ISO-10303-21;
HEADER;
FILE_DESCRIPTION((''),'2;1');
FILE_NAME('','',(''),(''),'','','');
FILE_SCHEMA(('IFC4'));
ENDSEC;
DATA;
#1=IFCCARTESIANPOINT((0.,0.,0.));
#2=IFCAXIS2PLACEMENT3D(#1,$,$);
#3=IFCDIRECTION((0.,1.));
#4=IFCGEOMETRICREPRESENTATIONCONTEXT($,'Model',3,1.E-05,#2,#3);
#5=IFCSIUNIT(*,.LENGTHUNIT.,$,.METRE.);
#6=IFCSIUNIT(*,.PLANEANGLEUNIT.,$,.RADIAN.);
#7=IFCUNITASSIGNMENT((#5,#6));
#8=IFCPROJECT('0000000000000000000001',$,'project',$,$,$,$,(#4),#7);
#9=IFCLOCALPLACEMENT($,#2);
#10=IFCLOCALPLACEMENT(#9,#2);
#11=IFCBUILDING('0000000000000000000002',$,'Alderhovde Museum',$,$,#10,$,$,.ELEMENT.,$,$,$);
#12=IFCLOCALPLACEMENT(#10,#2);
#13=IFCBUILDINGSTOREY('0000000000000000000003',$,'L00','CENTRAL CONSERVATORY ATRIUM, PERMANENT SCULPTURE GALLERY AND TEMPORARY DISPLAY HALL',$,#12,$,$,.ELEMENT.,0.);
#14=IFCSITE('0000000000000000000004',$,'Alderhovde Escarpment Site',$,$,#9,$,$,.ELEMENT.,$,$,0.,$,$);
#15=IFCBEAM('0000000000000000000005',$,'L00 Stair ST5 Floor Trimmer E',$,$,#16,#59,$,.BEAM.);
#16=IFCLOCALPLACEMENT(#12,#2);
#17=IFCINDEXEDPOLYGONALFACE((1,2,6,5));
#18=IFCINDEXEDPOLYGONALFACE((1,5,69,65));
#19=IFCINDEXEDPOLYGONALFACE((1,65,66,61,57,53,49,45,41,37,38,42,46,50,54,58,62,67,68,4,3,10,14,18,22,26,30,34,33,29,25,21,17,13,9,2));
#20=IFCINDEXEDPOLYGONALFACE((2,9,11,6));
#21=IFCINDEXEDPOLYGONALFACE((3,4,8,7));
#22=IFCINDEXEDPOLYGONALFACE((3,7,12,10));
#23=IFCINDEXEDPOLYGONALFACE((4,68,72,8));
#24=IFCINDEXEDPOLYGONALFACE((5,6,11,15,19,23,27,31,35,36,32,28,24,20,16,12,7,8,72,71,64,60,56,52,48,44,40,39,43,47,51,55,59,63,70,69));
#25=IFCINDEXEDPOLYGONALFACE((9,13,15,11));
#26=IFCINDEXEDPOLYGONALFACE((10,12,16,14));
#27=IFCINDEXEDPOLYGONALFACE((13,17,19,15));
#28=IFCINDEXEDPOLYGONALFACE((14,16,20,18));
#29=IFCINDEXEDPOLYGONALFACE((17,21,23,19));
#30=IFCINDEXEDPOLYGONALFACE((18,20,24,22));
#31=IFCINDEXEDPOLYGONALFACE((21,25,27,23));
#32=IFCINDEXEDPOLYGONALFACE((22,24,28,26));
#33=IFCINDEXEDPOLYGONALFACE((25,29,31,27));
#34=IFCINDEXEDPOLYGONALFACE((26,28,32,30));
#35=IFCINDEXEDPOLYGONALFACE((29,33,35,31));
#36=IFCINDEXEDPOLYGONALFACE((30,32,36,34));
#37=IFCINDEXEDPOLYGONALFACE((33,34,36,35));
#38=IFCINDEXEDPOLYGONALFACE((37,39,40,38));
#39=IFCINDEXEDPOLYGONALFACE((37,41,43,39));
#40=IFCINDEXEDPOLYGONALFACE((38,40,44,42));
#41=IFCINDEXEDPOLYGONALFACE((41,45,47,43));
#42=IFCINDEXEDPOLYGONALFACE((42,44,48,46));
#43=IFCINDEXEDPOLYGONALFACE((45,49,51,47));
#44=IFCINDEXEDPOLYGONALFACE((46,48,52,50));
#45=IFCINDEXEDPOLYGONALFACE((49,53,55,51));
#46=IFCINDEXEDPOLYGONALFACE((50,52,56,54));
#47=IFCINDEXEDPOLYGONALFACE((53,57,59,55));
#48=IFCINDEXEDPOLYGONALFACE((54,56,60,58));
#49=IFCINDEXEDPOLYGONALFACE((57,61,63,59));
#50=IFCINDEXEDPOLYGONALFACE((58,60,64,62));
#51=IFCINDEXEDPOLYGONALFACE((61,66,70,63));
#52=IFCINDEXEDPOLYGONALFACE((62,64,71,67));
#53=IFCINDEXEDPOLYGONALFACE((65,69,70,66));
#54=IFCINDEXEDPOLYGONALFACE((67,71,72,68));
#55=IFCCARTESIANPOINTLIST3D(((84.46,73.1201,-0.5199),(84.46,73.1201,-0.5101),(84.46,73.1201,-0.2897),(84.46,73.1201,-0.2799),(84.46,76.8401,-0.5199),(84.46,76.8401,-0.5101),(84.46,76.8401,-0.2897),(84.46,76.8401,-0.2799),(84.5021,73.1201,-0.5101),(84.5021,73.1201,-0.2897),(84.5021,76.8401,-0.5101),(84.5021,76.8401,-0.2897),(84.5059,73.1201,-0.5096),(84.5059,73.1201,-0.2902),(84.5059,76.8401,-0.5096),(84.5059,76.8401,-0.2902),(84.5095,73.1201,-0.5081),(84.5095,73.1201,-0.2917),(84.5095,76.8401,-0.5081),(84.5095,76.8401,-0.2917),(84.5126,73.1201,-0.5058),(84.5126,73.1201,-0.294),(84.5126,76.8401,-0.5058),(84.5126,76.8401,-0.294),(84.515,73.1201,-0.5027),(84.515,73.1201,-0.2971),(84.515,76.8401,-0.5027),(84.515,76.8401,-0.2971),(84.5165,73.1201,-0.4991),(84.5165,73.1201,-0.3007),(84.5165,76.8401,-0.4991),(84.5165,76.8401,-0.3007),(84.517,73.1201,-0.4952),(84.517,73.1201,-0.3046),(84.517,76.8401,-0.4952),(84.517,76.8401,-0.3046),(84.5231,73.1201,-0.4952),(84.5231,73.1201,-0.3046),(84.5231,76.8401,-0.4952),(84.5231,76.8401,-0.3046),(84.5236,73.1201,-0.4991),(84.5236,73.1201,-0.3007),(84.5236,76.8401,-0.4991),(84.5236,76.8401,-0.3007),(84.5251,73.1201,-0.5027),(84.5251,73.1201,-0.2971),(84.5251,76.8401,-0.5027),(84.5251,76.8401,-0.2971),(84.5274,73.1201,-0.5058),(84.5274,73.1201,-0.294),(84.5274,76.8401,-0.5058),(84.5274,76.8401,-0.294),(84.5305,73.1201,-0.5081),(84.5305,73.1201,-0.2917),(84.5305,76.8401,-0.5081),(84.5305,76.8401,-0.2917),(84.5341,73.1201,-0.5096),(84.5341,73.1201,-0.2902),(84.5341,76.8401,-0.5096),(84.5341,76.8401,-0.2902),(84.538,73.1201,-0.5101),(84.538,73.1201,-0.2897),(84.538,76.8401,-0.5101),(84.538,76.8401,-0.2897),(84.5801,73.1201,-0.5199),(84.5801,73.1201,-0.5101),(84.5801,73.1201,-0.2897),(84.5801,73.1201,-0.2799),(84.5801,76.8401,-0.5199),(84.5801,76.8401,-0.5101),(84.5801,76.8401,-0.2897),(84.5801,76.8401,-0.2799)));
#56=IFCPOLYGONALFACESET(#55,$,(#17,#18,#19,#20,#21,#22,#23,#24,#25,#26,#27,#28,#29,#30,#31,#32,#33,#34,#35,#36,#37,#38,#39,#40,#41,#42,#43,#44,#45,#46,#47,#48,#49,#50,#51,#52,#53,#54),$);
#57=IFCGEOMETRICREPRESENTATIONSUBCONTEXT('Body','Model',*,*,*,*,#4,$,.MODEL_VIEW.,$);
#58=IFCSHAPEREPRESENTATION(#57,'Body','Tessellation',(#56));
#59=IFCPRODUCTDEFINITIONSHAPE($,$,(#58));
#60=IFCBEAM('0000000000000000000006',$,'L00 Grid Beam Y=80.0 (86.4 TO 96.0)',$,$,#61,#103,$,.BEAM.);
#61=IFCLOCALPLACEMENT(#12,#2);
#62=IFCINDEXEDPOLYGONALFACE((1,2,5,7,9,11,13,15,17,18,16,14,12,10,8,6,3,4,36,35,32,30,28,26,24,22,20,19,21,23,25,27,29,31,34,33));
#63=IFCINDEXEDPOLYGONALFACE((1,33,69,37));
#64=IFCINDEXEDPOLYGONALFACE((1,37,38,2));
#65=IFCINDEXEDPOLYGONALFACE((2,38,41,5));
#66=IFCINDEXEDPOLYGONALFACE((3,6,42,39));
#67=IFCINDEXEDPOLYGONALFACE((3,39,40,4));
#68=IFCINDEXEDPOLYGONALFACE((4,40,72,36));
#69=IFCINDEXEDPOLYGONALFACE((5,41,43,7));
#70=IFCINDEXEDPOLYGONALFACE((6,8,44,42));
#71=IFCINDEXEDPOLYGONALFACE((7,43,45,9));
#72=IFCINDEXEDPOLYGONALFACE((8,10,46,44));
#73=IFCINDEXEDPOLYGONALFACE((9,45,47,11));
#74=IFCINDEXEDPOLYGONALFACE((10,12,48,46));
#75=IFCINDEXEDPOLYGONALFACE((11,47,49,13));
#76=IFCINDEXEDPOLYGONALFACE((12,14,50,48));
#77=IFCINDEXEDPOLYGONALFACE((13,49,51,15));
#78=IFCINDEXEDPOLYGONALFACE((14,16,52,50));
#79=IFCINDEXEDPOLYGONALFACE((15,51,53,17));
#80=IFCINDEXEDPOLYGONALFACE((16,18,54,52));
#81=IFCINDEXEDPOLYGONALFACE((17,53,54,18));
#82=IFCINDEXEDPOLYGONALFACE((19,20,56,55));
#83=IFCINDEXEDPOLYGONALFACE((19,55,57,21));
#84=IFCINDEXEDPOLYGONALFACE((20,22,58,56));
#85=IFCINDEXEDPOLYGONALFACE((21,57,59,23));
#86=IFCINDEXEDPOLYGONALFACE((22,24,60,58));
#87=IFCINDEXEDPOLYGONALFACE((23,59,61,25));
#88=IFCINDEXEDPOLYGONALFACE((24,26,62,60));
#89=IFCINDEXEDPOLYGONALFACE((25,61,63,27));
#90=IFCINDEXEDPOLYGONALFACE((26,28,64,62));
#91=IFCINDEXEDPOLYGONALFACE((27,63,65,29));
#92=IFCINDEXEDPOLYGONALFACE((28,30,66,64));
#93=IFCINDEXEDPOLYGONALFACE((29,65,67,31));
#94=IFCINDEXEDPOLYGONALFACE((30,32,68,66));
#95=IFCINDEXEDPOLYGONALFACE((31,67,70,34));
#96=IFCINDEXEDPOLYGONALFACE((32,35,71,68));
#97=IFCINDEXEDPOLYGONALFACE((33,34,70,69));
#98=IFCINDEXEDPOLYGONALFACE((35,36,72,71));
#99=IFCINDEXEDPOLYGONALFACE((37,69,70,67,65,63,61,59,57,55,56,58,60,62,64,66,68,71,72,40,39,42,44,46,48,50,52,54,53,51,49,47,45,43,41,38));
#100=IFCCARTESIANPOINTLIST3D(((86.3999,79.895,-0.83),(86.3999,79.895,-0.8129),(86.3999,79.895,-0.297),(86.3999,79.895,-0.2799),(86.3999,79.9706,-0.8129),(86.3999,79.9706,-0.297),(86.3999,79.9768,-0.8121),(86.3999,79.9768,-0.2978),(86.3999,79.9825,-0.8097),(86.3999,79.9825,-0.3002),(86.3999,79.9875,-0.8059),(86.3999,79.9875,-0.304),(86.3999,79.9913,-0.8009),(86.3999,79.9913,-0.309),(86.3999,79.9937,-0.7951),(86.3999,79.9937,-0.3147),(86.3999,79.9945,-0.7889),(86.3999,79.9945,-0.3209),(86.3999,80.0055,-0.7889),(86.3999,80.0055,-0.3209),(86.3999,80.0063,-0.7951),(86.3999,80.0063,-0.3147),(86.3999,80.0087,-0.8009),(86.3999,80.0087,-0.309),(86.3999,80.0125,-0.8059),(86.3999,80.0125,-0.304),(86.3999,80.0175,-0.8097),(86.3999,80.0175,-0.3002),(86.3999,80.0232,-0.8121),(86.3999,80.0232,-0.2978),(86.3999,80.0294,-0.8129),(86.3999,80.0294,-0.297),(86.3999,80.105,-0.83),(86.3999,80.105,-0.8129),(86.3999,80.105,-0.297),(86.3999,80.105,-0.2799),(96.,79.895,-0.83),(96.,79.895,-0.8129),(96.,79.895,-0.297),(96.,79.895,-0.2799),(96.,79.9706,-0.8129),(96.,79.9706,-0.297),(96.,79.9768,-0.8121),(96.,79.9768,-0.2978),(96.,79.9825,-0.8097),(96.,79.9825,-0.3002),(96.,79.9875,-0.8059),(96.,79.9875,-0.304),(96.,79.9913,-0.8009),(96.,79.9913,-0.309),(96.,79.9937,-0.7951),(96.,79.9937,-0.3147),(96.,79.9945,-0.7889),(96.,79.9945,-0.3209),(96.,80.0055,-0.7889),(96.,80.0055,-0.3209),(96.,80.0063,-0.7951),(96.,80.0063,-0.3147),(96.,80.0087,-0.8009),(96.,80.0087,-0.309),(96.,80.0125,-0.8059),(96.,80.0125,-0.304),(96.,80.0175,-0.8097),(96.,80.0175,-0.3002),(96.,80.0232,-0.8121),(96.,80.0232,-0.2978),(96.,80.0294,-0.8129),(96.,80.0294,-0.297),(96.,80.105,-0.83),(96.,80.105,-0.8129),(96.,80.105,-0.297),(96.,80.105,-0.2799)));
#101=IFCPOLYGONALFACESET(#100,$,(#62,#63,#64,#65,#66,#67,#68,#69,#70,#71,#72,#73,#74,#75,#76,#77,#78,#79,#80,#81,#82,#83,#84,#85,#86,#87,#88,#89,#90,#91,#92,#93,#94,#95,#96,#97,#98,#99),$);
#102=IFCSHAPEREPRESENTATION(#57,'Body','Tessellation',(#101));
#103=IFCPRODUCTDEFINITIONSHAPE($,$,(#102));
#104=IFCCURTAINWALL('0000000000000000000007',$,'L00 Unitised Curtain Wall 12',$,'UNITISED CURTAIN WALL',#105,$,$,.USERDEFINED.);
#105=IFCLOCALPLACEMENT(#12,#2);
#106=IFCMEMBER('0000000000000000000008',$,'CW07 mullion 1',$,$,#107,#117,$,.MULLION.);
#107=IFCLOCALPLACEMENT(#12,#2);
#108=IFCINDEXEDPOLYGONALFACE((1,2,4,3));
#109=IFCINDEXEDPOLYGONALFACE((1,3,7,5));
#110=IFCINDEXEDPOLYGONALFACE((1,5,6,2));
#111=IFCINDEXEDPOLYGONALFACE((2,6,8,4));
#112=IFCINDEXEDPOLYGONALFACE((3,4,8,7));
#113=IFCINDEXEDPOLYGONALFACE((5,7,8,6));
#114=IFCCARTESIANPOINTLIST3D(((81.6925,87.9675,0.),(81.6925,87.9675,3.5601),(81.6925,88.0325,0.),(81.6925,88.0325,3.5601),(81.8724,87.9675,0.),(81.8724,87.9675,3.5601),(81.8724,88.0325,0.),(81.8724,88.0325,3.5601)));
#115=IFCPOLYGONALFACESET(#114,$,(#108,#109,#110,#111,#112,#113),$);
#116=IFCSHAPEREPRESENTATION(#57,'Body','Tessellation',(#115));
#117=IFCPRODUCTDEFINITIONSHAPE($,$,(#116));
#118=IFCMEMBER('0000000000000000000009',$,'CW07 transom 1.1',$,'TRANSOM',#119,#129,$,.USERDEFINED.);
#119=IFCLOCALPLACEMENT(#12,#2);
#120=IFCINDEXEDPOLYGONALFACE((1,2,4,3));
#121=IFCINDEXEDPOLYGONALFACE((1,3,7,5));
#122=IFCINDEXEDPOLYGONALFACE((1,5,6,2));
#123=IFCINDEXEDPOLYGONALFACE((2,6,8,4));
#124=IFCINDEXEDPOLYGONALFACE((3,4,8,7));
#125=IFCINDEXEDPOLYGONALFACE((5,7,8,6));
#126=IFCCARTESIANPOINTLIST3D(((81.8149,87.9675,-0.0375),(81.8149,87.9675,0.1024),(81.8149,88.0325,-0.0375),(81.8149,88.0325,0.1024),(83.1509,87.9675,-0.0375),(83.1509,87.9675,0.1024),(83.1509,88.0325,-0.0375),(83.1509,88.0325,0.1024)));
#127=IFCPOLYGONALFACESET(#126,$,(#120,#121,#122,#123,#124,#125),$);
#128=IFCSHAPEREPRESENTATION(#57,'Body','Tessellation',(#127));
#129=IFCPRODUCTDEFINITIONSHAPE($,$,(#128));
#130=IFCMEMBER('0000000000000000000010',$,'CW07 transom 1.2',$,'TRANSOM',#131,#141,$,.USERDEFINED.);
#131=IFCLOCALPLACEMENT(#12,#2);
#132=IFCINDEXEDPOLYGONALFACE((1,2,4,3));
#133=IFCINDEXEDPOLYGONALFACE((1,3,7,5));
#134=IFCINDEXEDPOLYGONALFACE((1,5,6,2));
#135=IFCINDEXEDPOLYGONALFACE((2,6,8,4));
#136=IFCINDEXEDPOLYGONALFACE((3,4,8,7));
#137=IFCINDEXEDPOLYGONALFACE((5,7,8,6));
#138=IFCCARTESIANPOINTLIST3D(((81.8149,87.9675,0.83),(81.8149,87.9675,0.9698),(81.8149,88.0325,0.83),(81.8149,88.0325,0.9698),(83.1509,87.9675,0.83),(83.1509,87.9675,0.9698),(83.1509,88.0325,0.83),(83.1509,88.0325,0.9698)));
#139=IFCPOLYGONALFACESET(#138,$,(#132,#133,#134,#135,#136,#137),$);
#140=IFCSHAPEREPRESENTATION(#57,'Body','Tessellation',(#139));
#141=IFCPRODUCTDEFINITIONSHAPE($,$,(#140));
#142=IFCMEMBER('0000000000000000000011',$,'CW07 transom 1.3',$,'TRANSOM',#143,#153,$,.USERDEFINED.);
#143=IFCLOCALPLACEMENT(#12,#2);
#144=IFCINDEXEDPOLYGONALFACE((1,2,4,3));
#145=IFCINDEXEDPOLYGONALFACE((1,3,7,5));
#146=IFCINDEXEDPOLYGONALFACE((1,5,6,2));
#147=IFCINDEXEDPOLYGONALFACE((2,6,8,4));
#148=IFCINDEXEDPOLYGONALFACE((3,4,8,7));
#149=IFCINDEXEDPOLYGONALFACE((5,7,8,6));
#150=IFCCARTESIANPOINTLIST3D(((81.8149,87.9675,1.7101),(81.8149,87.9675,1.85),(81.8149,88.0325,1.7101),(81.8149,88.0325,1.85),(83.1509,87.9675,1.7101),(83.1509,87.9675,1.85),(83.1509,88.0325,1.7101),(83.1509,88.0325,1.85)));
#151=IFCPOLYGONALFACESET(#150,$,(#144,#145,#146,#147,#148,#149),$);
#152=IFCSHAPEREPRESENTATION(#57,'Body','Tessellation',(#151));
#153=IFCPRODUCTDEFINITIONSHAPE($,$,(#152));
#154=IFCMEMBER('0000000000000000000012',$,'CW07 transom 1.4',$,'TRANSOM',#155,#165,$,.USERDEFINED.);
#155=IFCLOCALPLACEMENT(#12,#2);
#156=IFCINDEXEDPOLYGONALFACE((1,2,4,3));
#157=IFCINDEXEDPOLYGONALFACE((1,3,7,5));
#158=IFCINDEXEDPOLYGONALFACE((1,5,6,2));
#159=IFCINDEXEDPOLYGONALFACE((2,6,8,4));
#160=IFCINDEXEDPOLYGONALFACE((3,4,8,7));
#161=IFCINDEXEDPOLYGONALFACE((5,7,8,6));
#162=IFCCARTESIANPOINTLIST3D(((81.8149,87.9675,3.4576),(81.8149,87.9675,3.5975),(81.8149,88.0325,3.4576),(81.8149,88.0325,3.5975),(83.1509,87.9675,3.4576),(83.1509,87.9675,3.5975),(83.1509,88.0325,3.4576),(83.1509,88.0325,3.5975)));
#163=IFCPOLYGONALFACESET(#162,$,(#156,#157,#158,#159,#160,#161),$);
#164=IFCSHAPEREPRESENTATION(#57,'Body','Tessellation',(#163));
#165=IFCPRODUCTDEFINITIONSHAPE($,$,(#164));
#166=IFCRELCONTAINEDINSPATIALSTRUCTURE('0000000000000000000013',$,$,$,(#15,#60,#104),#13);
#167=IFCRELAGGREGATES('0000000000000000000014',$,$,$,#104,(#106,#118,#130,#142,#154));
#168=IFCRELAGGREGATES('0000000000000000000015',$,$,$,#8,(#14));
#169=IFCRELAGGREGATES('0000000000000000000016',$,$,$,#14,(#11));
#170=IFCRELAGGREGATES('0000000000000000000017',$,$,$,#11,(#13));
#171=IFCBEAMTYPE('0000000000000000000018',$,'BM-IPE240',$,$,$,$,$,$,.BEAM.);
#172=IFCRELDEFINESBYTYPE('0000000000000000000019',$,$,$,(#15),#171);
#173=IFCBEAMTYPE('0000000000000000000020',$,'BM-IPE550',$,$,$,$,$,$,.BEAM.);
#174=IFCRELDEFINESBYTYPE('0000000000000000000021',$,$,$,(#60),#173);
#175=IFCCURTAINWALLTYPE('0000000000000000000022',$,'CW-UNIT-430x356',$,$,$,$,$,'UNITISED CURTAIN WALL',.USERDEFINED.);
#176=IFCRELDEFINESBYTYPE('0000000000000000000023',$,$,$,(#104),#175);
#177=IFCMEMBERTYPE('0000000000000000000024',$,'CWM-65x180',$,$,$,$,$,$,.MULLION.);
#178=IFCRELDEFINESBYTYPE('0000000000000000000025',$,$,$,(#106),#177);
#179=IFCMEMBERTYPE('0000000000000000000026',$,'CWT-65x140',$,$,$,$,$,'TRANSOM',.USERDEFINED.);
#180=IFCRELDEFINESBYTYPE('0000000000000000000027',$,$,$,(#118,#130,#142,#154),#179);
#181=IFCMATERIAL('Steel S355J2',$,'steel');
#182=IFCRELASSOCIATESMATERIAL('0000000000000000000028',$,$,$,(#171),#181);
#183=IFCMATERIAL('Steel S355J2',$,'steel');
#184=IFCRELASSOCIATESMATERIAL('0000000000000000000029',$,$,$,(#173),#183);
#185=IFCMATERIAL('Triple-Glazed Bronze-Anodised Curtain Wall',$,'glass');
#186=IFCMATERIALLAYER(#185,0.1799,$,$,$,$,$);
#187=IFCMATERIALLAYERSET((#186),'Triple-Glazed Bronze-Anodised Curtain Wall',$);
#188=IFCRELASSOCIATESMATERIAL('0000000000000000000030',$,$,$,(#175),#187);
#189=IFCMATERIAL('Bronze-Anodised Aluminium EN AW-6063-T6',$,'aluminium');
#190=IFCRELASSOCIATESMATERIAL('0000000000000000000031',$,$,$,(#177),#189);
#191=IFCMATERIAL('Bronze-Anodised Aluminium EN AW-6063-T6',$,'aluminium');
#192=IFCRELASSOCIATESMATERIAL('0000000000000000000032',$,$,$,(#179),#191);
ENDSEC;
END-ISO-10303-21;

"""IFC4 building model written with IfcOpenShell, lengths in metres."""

from ifc_helpers import new_model, si_unit, direction, frame, origin, origin_2d, place, context, subcontext, project, spatial, rectangle, i_section, extrude, material, layer, layer_set, material_profile, profile_set, type_object, element, aggregate, save


model = new_model("IFC4")

# Units and contexts
model_context = context("Model", 3, precision=1e-05, world=origin(), true_north=direction((0.0, 1.0)))
body_context = subcontext(model_context, "Body", "Model", "MODEL_VIEW")
ifc_project = project(units=[si_unit("LENGTHUNIT", "METRE"), si_unit("PLANEANGLEUNIT", "RADIAN")], contexts=[model_context])

# Site, building, storey
site_placement = place(None, origin())
site = spatial("IfcSite", under=ifc_project, at=site_placement, Name="Alderhovde Escarpment Site", CompositionType="ELEMENT", RefElevation=0.0)
building_placement = place(site_placement, origin())
building = spatial("IfcBuilding", under=site, at=building_placement, Name="Alderhovde Museum", CompositionType="ELEMENT")
storey_placement = place(building_placement, origin())
storey = spatial("IfcBuildingStorey", under=building, at=storey_placement, Name="L00", Description="CENTRAL CONSERVATORY ATRIUM, PERMANENT SCULPTURE GALLERY AND TEMPORARY DISPLAY HALL", CompositionType="ELEMENT", Elevation=0.0)

# Beams
ifc_material_1 = material(Name="Steel S355J2", Category="steel")
ifc_material_profile_1 = material_profile(ifc_material_1, i_section(OverallWidth=0.1201, OverallDepth=0.24, WebThickness=0.0061, FlangeThickness=0.0098, FilletRadius=0.0149, at=origin_2d()), Name="IPE 240")
ifc_profile_set_1 = profile_set([ifc_material_profile_1], Name="Steel S355J2")
beam_type_1 = type_object("IfcBeamType", Name="BM-IPE240", PredefinedType="BEAM", material=ifc_profile_set_1)
for number, where, z_axis, x_axis, name in (
    (1, (84.52, 73.1201, -0.3999), (0.0, 1.0, 0.0), (-1.0, 0.0, 0.0), "L00 Stair ST5 Floor Trimmer E"),
):
    element("IfcBeam", number, at=place(storey_placement, frame(where, z_axis=z_axis, x_axis=x_axis)), inside=storey, type_object=beam_type_1, Name=name, PredefinedType="BEAM", context=body_context, shape_type="SweptSolid", body=[
        extrude(i_section(OverallWidth=0.1201, OverallDepth=0.24, WebThickness=0.0061, FlangeThickness=0.0098, FilletRadius=0.0149, at=origin_2d()), origin(), (0.0, 0.0, 1.0), 3.72),
    ])
ifc_material_2 = material(Name="Steel S355J2", Category="steel")
ifc_material_profile_2 = material_profile(ifc_material_2, i_section(OverallWidth=0.21, OverallDepth=0.55, WebThickness=0.011, FlangeThickness=0.0171, FilletRadius=0.0239, at=origin_2d()), Name="IPE 550")
ifc_profile_set_2 = profile_set([ifc_material_profile_2], Name="Steel S355J2")
beam_type_2 = type_object("IfcBeamType", Name="BM-IPE550", PredefinedType="BEAM", material=ifc_profile_set_2)
beam_1_placement = place(storey_placement, frame((86.3999, 80.0, -0.5549), z_axis=(1.0, 0.0, 0.0), x_axis=(0.0, 1.0, 0.0)))
element("IfcBeam", 2, at=beam_1_placement, inside=storey, type_object=beam_type_2, Name="L00 Grid Beam Y=80.0 (86.4 TO 96.0)", PredefinedType="BEAM", context=body_context, shape_type="SweptSolid", body=[
    extrude(i_section(OverallWidth=0.21, OverallDepth=0.55, WebThickness=0.011, FlangeThickness=0.0171, FilletRadius=0.0239, at=origin_2d()), origin(), (0.0, 0.0, 1.0), 9.6001),
])

# Curtain wall, members
ifc_material_3 = material(Name="Triple-Glazed Bronze-Anodised Curtain Wall", Category="glass")
ifc_layer_1 = layer(ifc_material_3, 0.1799)
ifc_layer_set_1 = layer_set([ifc_layer_1], Name="Triple-Glazed Bronze-Anodised Curtain Wall")
curtain_wall_type = type_object("IfcCurtainWallType", Name="CW-UNIT-430x356", ElementType="UNITISED CURTAIN WALL", PredefinedType="USERDEFINED", material=ifc_layer_set_1)
curtain_wall_placement = place(storey_placement, origin())
curtain_wall = element("IfcCurtainWall", 3, at=curtain_wall_placement, inside=storey, type_object=curtain_wall_type, Name="L00 Unitised Curtain Wall 12", ObjectType="UNITISED CURTAIN WALL", PredefinedType="USERDEFINED")
ifc_material_4 = material(Name="Bronze-Anodised Aluminium EN AW-6063-T6", Category="aluminium")
ifc_material_profile_3 = material_profile(ifc_material_4, rectangle(XDim=0.0649, YDim=0.1799, at=origin_2d()), Name="MULLION 65x180")
ifc_profile_set_3 = profile_set([ifc_material_profile_3], Name="Bronze-Anodised Aluminium EN AW-6063-T6")
member_type_1 = type_object("IfcMemberType", Name="CWM-65x180", PredefinedType="MULLION", material=ifc_profile_set_3)
member_1_placement = place(storey_placement, frame((81.7825, 88.0, 0.0), z_axis=(0.0, 0.0, 1.0), x_axis=(0.0, 1.0, 0.0)))
member_1 = element("IfcMember", 4, at=member_1_placement, type_object=member_type_1, Name="CW07 mullion 1", PredefinedType="MULLION", context=body_context, shape_type="SweptSolid", body=[
    extrude(rectangle(XDim=0.0649, YDim=0.1799, at=origin_2d()), origin(), (0.0, 0.0, 1.0), 3.5601),
])
ifc_material_5 = material(Name="Bronze-Anodised Aluminium EN AW-6063-T6", Category="aluminium")
ifc_material_profile_4 = material_profile(ifc_material_5, rectangle(XDim=0.0649, YDim=0.1399, at=origin_2d()), Name="TRANSOM 65x140")
ifc_profile_set_4 = profile_set([ifc_material_profile_4], Name="Bronze-Anodised Aluminium EN AW-6063-T6")
member_type_2 = type_object("IfcMemberType", Name="CWT-65x140", ElementType="TRANSOM", PredefinedType="USERDEFINED", material=ifc_profile_set_4)
member_2_placement = place(storey_placement, frame((81.8149, 88.0, 0.0325), z_axis=(1.0, 0.0, 0.0), x_axis=(0.0, 1.0, 0.0)))
member_2 = element("IfcMember", 5, at=member_2_placement, type_object=member_type_2, Name="CW07 transom 1.1", ObjectType="TRANSOM", PredefinedType="USERDEFINED", context=body_context, shape_type="SweptSolid", body=[
    extrude(rectangle(XDim=0.0649, YDim=0.1399, at=origin_2d()), origin(), (0.0, 0.0, 1.0), 1.3359),
])
member_3_placement = place(storey_placement, frame((81.8149, 88.0, 0.8999), z_axis=(1.0, 0.0, 0.0), x_axis=(0.0, 1.0, 0.0)))
member_3 = element("IfcMember", 6, at=member_3_placement, type_object=member_type_2, Name="CW07 transom 1.2", ObjectType="TRANSOM", PredefinedType="USERDEFINED", context=body_context, shape_type="SweptSolid", body=[
    extrude(rectangle(XDim=0.0649, YDim=0.1399, at=origin_2d()), origin(), (0.0, 0.0, 1.0), 1.3359),
])
member_4_placement = place(storey_placement, frame((81.8149, 88.0, 1.78), z_axis=(1.0, 0.0, 0.0), x_axis=(0.0, 1.0, 0.0)))
member_4 = element("IfcMember", 7, at=member_4_placement, type_object=member_type_2, Name="CW07 transom 1.3", ObjectType="TRANSOM", PredefinedType="USERDEFINED", context=body_context, shape_type="SweptSolid", body=[
    extrude(rectangle(XDim=0.0649, YDim=0.1399, at=origin_2d()), origin(), (0.0, 0.0, 1.0), 1.3359),
])
member_5_placement = place(storey_placement, frame((81.8149, 88.0, 3.5276), z_axis=(1.0, 0.0, 0.0), x_axis=(0.0, 1.0, 0.0)))
member_5 = element("IfcMember", 8, at=member_5_placement, type_object=member_type_2, Name="CW07 transom 1.4", ObjectType="TRANSOM", PredefinedType="USERDEFINED", context=body_context, shape_type="SweptSolid", body=[
    extrude(rectangle(XDim=0.0649, YDim=0.1399, at=origin_2d()), origin(), (0.0, 0.0, 1.0), 1.3359),
])

aggregate(curtain_wall, [member_1, member_2, member_3, member_4, member_5])

save(model, "model.ifc")
